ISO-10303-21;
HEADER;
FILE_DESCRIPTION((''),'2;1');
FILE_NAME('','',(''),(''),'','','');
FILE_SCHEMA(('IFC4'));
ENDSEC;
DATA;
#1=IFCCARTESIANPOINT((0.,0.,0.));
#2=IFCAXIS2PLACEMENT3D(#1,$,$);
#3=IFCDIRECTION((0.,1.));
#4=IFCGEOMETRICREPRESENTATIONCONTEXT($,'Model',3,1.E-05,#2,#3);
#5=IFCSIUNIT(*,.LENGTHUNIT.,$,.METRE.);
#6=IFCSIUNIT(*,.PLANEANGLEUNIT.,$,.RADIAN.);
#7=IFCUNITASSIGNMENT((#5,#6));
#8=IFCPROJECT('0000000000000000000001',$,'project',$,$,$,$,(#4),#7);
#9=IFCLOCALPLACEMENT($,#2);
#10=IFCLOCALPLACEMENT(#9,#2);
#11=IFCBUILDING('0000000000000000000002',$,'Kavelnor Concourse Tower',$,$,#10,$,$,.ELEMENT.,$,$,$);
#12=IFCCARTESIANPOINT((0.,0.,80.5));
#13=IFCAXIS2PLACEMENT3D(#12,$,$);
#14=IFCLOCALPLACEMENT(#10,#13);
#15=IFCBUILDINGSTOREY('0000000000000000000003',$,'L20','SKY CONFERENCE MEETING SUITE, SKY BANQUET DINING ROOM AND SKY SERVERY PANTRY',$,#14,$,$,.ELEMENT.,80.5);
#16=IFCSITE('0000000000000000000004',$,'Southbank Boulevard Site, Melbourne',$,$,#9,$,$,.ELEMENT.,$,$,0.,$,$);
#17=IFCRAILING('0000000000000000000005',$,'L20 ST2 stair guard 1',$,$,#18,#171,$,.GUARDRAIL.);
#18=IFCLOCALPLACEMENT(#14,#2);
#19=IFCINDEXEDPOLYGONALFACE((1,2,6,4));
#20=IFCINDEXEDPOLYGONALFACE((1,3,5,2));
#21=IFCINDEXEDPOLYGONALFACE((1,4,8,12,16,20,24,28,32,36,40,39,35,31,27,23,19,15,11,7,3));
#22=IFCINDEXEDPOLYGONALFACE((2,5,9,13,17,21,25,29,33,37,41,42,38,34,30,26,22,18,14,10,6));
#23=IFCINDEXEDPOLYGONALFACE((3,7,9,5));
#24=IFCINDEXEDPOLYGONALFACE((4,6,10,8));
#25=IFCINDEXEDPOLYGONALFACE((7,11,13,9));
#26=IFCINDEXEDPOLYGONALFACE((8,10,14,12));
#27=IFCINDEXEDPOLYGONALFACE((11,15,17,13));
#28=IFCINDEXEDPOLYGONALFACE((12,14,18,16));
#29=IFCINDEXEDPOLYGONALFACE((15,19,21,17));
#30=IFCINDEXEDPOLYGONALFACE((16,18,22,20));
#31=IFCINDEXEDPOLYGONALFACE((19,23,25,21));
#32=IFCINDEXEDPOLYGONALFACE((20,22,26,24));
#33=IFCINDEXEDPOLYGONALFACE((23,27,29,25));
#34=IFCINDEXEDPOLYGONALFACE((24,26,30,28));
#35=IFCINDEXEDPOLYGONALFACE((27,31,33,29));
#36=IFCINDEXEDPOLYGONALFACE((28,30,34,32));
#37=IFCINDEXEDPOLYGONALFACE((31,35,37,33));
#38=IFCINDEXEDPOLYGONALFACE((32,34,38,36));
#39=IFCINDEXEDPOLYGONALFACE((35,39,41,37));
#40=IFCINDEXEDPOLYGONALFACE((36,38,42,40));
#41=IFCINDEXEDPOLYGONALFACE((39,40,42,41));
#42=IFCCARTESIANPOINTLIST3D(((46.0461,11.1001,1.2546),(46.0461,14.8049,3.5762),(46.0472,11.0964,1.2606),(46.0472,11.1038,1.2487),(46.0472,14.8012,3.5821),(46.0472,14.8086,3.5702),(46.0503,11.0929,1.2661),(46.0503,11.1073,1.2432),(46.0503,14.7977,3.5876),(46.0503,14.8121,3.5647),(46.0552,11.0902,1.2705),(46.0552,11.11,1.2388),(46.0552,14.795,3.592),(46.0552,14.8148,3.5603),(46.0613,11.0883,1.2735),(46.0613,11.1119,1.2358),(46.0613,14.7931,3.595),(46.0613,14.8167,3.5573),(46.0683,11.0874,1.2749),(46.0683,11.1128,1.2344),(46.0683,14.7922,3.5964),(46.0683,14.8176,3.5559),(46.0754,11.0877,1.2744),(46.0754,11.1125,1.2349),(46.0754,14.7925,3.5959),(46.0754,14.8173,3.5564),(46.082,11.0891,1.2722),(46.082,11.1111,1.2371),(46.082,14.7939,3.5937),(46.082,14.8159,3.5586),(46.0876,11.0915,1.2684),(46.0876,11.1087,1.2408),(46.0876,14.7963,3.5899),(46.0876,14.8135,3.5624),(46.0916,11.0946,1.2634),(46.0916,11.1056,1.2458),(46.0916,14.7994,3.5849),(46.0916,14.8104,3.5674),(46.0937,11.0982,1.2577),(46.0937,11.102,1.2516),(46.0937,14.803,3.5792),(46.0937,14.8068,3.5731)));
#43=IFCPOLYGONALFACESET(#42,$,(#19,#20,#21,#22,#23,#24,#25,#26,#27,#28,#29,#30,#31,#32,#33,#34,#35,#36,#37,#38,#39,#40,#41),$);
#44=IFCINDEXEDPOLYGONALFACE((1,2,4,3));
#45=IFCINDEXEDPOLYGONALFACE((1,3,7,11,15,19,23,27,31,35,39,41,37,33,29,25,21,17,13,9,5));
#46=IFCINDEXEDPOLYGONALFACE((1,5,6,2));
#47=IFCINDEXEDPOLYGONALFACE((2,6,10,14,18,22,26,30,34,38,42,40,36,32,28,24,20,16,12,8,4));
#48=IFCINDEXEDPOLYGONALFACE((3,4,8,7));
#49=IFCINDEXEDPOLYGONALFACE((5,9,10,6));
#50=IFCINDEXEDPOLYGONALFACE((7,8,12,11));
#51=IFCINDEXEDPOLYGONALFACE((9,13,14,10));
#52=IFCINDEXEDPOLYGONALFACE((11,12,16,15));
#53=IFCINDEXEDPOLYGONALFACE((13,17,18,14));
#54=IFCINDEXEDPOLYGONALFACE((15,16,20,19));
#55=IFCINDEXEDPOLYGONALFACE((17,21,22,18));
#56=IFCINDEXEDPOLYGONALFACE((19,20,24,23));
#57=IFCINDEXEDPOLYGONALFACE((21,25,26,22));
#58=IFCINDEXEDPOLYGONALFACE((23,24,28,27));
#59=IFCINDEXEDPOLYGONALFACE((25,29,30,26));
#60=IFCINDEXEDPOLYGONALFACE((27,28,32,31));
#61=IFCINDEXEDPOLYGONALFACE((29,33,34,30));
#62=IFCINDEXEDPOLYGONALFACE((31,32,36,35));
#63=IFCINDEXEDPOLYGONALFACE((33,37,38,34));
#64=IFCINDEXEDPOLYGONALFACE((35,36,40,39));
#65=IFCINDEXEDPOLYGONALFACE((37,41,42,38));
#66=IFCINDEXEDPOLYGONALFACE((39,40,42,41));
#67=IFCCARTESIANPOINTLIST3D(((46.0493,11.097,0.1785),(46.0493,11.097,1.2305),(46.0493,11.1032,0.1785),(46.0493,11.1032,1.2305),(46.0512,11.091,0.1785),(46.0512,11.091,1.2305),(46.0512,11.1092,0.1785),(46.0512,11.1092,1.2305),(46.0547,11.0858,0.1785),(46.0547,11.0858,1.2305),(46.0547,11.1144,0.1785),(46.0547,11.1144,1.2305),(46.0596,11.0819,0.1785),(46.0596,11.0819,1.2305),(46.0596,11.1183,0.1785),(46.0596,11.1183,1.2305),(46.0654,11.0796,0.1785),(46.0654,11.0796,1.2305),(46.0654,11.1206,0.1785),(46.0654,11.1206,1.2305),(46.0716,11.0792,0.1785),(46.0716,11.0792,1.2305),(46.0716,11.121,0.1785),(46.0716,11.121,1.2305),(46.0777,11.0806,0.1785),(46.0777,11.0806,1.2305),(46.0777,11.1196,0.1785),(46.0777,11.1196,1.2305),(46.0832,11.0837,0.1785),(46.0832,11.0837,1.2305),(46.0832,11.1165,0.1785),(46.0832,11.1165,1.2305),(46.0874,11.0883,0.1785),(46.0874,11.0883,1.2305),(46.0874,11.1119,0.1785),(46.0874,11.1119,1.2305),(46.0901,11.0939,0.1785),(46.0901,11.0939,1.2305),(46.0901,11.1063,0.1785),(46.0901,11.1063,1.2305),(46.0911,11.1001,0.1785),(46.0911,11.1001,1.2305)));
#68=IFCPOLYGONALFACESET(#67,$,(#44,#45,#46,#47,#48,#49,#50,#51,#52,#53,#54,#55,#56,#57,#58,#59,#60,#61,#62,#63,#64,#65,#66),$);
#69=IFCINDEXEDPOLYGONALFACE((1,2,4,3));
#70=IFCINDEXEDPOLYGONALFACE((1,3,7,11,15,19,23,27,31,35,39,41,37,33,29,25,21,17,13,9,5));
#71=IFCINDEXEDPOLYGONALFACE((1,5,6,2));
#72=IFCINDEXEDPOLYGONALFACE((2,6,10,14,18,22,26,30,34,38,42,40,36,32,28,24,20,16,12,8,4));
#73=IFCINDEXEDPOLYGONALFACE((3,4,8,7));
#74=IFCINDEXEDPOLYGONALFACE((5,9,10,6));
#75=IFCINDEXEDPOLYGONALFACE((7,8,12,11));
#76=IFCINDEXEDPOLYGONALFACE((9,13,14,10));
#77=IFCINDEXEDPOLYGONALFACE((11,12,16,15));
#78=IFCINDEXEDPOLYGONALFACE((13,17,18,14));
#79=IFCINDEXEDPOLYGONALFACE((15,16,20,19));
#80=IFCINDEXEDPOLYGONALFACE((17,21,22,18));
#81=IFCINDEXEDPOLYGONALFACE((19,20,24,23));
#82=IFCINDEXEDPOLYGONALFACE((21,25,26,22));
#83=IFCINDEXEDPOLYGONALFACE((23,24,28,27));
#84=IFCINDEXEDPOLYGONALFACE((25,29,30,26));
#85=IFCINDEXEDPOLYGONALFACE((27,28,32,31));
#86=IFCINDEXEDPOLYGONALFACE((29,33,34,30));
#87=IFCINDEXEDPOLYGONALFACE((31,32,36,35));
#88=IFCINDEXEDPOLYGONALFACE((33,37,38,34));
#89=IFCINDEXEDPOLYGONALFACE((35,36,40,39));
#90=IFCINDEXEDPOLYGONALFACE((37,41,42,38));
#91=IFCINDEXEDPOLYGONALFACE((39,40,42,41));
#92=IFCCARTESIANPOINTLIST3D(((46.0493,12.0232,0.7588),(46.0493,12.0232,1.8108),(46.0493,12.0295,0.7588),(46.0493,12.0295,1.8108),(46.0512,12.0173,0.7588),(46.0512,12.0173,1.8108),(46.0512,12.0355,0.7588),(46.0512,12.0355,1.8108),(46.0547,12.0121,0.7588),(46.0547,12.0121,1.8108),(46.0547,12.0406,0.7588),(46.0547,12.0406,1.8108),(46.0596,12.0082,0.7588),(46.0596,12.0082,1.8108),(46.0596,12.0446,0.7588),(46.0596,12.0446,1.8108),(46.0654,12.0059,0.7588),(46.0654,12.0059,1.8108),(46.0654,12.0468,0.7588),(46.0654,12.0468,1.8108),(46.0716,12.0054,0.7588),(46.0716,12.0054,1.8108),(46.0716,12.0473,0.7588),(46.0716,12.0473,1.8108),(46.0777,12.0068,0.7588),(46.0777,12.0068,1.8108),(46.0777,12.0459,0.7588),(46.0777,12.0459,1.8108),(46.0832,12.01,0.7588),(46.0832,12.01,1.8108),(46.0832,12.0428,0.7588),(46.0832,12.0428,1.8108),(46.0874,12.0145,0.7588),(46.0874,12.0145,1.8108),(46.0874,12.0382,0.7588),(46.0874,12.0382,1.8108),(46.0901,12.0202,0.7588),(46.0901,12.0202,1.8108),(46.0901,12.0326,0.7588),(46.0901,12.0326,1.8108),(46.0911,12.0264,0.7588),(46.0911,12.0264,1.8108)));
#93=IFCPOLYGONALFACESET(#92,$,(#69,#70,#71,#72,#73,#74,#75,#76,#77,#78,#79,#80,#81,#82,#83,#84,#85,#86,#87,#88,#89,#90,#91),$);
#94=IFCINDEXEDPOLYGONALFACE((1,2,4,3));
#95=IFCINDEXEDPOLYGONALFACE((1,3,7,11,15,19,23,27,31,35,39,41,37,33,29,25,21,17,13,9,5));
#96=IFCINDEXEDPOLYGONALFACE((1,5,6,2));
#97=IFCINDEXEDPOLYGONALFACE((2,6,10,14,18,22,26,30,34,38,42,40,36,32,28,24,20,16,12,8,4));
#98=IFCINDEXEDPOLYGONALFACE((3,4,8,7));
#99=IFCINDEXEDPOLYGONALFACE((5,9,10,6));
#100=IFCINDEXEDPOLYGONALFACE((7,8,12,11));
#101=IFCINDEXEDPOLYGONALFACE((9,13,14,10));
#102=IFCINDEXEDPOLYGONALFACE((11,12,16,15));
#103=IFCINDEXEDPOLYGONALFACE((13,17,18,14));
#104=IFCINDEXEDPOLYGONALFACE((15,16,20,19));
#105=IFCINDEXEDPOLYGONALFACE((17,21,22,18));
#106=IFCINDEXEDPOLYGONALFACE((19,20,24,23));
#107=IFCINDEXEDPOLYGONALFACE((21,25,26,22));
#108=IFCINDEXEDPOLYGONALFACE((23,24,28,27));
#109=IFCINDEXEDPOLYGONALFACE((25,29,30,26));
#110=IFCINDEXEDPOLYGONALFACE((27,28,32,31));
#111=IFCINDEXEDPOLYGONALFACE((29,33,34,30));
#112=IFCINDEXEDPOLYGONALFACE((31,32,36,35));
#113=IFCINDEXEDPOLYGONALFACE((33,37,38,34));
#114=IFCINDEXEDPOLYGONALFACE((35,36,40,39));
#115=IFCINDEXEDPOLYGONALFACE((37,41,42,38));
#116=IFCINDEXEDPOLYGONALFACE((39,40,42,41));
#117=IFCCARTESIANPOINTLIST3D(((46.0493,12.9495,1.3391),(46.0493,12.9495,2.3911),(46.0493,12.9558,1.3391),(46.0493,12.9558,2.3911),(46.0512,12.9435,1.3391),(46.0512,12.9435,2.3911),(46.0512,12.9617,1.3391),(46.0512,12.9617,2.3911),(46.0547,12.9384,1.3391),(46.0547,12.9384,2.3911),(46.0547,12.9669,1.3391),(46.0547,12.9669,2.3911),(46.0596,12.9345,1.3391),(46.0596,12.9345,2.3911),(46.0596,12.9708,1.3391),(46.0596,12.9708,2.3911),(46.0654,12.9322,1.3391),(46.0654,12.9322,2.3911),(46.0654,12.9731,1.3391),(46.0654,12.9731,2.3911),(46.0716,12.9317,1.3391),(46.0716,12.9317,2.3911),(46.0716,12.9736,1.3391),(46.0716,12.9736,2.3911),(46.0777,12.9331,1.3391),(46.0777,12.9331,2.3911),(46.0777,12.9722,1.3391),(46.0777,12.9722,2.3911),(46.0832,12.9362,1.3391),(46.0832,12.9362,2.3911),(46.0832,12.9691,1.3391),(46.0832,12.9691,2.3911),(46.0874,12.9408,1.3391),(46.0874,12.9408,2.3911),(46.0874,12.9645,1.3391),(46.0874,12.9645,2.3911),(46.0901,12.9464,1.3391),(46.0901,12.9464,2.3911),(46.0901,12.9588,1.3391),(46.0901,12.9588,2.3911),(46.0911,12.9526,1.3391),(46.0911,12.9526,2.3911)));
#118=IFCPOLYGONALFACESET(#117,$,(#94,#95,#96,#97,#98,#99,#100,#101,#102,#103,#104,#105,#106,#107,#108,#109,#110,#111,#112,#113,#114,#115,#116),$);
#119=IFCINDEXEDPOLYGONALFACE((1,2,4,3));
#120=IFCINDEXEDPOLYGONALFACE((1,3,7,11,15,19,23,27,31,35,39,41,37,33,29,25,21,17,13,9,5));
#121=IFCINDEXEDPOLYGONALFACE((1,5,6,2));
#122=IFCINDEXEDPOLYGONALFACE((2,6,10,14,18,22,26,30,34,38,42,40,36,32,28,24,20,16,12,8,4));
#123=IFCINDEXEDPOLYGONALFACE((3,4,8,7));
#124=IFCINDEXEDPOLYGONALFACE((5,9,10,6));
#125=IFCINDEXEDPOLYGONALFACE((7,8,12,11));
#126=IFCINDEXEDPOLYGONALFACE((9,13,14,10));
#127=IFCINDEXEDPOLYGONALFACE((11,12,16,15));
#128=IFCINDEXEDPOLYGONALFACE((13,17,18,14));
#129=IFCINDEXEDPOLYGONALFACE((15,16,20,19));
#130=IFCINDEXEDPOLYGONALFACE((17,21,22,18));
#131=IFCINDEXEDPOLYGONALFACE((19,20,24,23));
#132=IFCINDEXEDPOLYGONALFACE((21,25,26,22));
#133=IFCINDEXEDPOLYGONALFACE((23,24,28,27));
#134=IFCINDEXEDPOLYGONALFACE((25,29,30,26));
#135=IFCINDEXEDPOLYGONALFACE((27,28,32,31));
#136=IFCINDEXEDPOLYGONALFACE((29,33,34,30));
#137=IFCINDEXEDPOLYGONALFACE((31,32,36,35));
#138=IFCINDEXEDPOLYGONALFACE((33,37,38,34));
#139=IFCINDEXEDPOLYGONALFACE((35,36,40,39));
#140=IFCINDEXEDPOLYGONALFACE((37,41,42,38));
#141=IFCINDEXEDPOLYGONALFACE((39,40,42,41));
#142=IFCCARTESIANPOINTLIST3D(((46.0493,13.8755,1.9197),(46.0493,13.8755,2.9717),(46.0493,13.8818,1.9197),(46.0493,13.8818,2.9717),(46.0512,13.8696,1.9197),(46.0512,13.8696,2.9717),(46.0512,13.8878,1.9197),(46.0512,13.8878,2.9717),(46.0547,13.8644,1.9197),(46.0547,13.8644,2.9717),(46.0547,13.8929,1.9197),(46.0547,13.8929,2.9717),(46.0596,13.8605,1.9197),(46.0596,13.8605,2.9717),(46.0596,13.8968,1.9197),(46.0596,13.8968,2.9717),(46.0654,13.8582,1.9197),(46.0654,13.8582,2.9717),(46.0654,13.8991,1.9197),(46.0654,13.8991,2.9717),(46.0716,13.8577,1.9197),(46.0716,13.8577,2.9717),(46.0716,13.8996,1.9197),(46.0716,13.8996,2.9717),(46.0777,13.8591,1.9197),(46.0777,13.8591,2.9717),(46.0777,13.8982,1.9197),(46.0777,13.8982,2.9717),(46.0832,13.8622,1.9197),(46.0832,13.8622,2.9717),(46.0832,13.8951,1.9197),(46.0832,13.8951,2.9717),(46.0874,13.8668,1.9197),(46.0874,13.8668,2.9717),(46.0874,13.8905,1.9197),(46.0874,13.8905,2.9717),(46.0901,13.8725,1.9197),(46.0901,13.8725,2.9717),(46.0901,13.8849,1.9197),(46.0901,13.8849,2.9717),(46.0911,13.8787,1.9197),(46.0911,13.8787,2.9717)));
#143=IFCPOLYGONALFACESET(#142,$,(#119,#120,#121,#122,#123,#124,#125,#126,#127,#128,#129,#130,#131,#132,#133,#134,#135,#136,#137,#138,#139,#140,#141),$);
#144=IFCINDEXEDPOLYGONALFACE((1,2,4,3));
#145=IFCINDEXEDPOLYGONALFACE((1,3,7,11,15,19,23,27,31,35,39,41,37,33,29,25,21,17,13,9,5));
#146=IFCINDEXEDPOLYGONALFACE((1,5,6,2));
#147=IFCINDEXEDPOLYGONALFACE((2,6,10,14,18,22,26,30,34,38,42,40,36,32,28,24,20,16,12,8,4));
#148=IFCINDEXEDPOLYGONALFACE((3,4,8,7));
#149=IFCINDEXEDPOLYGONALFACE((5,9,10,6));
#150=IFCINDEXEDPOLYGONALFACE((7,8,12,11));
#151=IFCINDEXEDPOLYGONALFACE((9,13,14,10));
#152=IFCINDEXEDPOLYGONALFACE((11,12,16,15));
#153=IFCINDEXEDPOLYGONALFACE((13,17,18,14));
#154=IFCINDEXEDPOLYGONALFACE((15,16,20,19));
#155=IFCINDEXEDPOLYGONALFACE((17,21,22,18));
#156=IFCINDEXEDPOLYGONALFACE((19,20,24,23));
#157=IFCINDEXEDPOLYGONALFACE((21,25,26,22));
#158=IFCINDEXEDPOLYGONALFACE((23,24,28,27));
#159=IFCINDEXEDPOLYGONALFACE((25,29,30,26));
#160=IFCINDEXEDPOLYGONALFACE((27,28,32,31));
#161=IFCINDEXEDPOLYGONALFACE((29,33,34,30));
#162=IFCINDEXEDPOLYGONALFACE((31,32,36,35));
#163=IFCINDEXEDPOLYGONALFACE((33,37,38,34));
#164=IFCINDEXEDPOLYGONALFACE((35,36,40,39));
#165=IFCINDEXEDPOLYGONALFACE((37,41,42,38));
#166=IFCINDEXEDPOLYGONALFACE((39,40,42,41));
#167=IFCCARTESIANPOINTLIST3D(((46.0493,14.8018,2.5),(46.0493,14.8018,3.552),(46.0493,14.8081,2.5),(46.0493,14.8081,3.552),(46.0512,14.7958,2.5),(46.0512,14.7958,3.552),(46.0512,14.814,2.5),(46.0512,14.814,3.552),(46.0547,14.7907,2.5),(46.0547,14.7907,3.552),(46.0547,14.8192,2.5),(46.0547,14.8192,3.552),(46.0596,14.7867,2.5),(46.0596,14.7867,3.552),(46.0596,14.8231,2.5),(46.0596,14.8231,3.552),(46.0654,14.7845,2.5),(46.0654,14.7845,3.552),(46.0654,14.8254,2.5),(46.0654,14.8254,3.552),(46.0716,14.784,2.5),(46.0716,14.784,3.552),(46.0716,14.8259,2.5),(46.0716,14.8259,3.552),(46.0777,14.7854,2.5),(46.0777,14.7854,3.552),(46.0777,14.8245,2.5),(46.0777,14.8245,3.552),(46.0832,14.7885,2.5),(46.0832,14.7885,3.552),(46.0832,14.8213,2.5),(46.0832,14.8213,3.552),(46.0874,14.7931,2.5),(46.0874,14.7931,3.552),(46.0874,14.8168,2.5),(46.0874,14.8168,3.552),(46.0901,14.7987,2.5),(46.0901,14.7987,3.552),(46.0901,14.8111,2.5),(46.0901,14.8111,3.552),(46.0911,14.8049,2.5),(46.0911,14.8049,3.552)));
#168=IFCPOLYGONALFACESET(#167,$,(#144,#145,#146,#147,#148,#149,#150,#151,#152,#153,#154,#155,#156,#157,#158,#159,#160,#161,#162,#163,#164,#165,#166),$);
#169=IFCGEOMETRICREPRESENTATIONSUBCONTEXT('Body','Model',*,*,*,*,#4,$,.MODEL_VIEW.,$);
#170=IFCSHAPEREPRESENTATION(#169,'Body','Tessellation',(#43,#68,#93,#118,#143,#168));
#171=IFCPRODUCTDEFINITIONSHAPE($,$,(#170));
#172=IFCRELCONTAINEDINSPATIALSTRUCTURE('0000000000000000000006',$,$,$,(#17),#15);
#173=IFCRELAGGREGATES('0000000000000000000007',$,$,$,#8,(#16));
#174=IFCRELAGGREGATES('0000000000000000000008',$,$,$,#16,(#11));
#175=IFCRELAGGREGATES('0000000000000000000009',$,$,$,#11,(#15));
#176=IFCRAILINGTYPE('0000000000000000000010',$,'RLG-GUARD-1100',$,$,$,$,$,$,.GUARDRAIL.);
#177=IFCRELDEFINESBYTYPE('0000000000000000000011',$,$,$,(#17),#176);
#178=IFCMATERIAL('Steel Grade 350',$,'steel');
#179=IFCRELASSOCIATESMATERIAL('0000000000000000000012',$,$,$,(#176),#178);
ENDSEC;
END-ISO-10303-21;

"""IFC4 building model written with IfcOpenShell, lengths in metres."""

from ifc_helpers import new_model, si_unit, direction, frame, origin, origin_2d, place, context, subcontext, project, spatial, circle, extrude, material, type_object, element, save


model = new_model("IFC4")

# Units and contexts
model_context = context("Model", 3, precision=1e-05, world=origin(), true_north=direction((0.0, 1.0)))
body_context = subcontext(model_context, "Body", "Model", "MODEL_VIEW")
ifc_project = project(units=[si_unit("LENGTHUNIT", "METRE"), si_unit("PLANEANGLEUNIT", "RADIAN")], contexts=[model_context])

# Site, building, storey
site_placement = place(None, origin())
site = spatial("IfcSite", under=ifc_project, at=site_placement, Name="Southbank Boulevard Site, Melbourne", CompositionType="ELEMENT", RefElevation=0.0)
building_placement = place(site_placement, origin())
building = spatial("IfcBuilding", under=site, at=building_placement, Name="Kavelnor Concourse Tower", CompositionType="ELEMENT")
storey_placement = place(building_placement, frame((0.0, 0.0, 80.5)))
storey = spatial("IfcBuildingStorey", under=building, at=storey_placement, Name="L20", Description="SKY CONFERENCE MEETING SUITE, SKY BANQUET DINING ROOM AND SKY SERVERY PANTRY", CompositionType="ELEMENT", Elevation=80.5)

# Shared definitions
ifc_material_1 = material(Name="Steel Grade 350", Category="steel")

# Railing
railing_type_1 = type_object("IfcRailingType", Name="RLG-GUARD-1100", PredefinedType="GUARDRAIL", material=ifc_material_1)
railing_1_placement = place(storey_placement, frame((46.0701, 11.1001, 0.1785)))
element("IfcRailing", 1, at=railing_1_placement, inside=storey, type_object=railing_type_1, Name="L20 ST2 stair guard 1", PredefinedType="GUARDRAIL", context=body_context, shape_type="SweptSolid", body=[
    extrude(circle(Radius=0.0239, at=origin_2d()), frame((0.0, 0.0, 1.0762), z_axis=(0.0, 0.84738, 0.530987), x_axis=(-1.0, 0.0, 0.0)), (0.0, 0.0, 1.0), 4.3721),
    extrude(circle(Radius=0.021, at=origin_2d()), origin(), (0.0, 0.0, 1.0), 1.052),
    extrude(circle(Radius=0.021, at=origin_2d()), frame((0.0, 0.9263, 0.5803)), (0.0, 0.0, 1.0), 1.052),
    extrude(circle(Radius=0.021, at=origin_2d()), frame((0.0, 1.8525, 1.1606)), (0.0, 0.0, 1.0), 1.052),
    extrude(circle(Radius=0.021, at=origin_2d()), frame((0.0, 2.7786, 1.7412)), (0.0, 0.0, 1.0), 1.052),
    extrude(circle(Radius=0.021, at=origin_2d()), frame((0.0, 3.7048, 2.3215)), (0.0, 0.0, 1.0), 1.052),
])

save(model, "model.ifc")
